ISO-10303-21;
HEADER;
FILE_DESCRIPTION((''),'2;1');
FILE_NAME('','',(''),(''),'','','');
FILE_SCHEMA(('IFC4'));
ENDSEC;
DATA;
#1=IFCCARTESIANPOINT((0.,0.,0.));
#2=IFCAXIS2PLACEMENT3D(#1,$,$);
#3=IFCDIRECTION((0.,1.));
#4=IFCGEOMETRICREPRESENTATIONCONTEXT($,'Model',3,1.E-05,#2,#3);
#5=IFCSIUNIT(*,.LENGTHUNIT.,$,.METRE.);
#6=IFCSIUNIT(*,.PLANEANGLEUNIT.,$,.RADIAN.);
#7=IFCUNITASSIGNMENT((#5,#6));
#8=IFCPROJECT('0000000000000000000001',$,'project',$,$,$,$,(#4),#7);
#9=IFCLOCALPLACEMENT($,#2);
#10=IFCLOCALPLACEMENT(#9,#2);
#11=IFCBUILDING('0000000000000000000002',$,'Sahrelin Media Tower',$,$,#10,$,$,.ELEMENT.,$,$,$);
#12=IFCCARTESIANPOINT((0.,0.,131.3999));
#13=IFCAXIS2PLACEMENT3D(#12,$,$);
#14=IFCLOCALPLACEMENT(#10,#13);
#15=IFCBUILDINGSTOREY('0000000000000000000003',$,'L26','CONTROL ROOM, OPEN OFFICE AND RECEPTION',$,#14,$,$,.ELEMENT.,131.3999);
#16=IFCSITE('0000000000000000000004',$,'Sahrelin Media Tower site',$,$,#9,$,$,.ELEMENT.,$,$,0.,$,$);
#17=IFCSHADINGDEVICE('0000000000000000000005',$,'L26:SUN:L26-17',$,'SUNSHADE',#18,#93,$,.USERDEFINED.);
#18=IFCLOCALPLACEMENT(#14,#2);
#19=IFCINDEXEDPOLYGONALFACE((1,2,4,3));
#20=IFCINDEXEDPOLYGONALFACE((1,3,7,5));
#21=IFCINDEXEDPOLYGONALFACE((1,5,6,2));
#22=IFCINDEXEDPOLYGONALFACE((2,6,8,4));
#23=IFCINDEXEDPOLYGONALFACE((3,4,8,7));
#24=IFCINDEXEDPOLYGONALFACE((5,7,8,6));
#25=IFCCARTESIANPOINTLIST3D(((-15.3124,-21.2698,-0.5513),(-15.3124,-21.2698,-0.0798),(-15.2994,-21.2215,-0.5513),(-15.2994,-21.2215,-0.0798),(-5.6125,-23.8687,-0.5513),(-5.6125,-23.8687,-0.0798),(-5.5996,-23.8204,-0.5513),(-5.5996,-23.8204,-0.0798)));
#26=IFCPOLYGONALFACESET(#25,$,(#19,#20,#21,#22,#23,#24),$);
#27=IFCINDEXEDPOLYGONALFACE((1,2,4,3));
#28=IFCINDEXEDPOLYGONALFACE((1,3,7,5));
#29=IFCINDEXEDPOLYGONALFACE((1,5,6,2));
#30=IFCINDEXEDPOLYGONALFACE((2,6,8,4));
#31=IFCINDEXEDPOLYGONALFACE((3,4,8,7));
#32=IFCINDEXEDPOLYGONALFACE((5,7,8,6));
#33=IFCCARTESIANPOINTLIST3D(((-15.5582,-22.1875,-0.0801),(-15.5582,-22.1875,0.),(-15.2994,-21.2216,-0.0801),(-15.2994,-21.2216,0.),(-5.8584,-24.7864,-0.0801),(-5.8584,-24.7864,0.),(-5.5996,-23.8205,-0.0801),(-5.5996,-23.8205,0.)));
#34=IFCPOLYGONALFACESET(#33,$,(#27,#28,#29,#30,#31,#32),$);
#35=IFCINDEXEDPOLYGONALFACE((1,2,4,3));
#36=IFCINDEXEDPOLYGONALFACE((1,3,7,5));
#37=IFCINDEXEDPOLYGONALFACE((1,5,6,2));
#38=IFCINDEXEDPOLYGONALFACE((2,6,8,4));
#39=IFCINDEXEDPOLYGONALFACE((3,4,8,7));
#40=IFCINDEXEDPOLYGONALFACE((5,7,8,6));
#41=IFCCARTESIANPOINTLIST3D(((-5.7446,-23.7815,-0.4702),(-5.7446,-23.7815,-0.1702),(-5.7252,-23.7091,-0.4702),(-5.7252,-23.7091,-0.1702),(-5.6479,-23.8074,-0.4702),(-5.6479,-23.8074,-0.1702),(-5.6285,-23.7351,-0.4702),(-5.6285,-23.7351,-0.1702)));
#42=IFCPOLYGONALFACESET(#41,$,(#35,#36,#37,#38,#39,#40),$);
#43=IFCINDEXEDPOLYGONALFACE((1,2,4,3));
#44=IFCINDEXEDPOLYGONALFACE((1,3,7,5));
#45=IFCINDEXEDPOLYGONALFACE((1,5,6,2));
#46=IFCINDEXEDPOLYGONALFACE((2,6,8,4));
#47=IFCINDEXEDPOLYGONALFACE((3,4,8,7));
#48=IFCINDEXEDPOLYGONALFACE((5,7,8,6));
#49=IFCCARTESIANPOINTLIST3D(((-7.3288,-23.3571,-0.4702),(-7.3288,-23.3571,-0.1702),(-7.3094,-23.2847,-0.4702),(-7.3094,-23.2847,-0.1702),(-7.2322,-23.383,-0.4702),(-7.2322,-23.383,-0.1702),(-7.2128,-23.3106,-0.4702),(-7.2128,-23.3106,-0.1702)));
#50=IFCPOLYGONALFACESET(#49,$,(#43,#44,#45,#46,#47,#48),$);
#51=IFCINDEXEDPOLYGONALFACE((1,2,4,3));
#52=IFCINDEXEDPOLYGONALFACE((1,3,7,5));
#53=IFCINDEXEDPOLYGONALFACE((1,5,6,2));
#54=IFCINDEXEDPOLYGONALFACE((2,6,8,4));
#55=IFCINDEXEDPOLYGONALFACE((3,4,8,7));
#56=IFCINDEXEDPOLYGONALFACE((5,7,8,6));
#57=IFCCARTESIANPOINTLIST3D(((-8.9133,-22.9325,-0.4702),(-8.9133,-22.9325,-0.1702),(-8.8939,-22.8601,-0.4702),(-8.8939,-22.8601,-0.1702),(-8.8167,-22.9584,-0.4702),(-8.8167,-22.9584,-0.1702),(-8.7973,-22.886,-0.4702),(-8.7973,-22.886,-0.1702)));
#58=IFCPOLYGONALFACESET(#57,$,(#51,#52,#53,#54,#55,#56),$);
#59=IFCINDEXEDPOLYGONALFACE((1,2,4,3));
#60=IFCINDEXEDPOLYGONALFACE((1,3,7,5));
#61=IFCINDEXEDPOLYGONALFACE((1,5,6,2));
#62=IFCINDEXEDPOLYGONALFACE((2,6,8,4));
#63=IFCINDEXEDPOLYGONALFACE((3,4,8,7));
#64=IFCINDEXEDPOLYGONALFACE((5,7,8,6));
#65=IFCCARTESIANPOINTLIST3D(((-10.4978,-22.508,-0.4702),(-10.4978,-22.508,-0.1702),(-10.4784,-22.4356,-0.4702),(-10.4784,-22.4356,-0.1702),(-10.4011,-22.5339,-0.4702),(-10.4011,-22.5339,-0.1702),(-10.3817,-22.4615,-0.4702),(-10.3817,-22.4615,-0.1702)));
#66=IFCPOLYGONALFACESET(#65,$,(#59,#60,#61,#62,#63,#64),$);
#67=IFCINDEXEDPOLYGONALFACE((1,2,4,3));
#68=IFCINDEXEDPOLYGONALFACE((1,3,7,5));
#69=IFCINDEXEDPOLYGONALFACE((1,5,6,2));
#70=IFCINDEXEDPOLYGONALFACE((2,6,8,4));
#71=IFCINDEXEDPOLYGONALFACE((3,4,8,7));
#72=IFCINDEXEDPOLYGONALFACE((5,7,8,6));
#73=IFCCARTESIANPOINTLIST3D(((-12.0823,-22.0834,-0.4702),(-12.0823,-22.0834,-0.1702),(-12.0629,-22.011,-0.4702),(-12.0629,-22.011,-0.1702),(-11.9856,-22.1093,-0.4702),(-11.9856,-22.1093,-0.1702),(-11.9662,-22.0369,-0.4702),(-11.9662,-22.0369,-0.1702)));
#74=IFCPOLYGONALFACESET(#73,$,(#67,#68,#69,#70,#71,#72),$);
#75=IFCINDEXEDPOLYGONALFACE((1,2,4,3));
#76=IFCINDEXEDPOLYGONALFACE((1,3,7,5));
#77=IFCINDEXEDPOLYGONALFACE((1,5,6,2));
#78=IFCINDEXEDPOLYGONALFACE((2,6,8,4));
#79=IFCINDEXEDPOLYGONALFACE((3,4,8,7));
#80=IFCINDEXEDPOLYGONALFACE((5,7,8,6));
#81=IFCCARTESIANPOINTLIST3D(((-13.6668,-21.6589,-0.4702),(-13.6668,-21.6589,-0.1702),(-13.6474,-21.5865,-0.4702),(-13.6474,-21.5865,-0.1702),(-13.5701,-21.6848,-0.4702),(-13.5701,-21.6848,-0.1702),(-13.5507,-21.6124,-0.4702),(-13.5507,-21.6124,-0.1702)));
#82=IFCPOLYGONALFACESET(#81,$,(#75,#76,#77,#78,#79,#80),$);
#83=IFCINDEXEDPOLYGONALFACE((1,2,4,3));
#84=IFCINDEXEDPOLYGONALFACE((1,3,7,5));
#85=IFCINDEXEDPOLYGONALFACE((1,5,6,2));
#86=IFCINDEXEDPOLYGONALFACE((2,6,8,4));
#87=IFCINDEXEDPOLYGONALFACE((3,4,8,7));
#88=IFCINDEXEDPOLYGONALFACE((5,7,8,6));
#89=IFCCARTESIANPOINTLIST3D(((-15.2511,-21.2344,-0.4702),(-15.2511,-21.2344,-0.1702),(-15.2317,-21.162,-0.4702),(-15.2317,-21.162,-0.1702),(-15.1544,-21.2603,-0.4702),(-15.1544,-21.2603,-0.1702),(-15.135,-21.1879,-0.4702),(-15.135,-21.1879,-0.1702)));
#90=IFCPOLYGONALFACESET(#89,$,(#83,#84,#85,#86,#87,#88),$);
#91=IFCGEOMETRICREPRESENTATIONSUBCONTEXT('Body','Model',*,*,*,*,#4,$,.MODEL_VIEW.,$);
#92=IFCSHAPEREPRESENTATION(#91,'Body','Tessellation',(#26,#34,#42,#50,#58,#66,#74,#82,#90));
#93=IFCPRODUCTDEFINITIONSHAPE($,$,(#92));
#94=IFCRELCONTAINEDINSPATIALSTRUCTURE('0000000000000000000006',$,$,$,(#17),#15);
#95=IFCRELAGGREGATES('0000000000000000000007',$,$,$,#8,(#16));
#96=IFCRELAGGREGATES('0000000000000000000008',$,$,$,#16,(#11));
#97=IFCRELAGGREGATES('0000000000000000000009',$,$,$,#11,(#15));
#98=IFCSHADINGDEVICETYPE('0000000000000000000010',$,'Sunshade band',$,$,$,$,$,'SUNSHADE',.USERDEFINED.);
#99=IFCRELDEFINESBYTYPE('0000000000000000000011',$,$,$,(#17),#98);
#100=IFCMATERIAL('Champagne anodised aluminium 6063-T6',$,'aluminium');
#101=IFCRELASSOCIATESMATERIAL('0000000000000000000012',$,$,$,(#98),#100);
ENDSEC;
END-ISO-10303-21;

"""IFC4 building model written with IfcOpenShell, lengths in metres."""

from ifc_helpers import new_model, si_unit, direction, frame, origin, origin_2d, place, context, subcontext, project, spatial, rectangle, extrude, material, type_object, element, save


model = new_model("IFC4")

# Units and contexts
model_context = context("Model", 3, precision=1e-05, world=origin(), true_north=direction((0.0, 1.0)))
body_context = subcontext(model_context, "Body", "Model", "MODEL_VIEW")
ifc_project = project(units=[si_unit("LENGTHUNIT", "METRE"), si_unit("PLANEANGLEUNIT", "RADIAN")], contexts=[model_context])

# Site, building, storey
site_placement = place(None, origin())
site = spatial("IfcSite", under=ifc_project, at=site_placement, Name="Sahrelin Media Tower site", CompositionType="ELEMENT", RefElevation=0.0)
building_placement = place(site_placement, origin())
building = spatial("IfcBuilding", under=site, at=building_placement, Name="Sahrelin Media Tower", CompositionType="ELEMENT")
storey_placement = place(building_placement, frame((0.0, 0.0, 131.3999)))
storey = spatial("IfcBuildingStorey", under=building, at=storey_placement, Name="L26", Description="CONTROL ROOM, OPEN OFFICE AND RECEPTION", CompositionType="ELEMENT", Elevation=131.3999)

# Shared definitions
ifc_material_1 = material(Name="Champagne anodised aluminium 6063-T6", Category="aluminium")

# Shading device
placement = place(storey_placement, frame((-10.4443, -22.5017, 0.0), z_axis=(0.0, 0.0, 1.0), x_axis=(-0.965929, 0.258808, 0.0)))
shading_device_type_1 = type_object("IfcShadingDeviceType", Name="Sunshade band", ElementType="SUNSHADE", PredefinedType="USERDEFINED", material=ifc_material_1)
element("IfcShadingDevice", 1, at=placement, inside=storey, type_object=shading_device_type_1, Name="L26:SUN:L26-17", ObjectType="SUNSHADE", PredefinedType="USERDEFINED", context=body_context, shape_type="SweptSolid", body=[
    extrude(rectangle(XDim=10.042, YDim=0.05, at=origin_2d()), frame((0.0, 0.0449, -0.5513)), (0.0, 0.0, 1.0), 0.4714),
    extrude(rectangle(XDim=10.042, YDim=1.0, at=origin_2d()), frame((0.0, 0.52, -0.0801)), (0.0, 0.0, 1.0), 0.0801),
    extrude(rectangle(XDim=0.1001, YDim=0.075, at=origin_2d()), frame((-4.9209, -0.0176, -0.4702)), (0.0, 0.0, 1.0), 0.3),
    extrude(rectangle(XDim=0.1001, YDim=0.075, at=origin_2d()), frame((-3.2808, -0.0176, -0.4702)), (0.0, 0.0, 1.0), 0.3),
    extrude(rectangle(XDim=0.1001, YDim=0.075, at=origin_2d()), frame((-1.6404, -0.0176, -0.4702)), (0.0, 0.0, 1.0), 0.3),
    extrude(rectangle(XDim=0.1001, YDim=0.075, at=origin_2d()), frame((0.0, -0.0176, -0.4702)), (0.0, 0.0, 1.0), 0.3),
    extrude(rectangle(XDim=0.1001, YDim=0.075, at=origin_2d()), frame((1.6404, -0.0176, -0.4702)), (0.0, 0.0, 1.0), 0.3),
    extrude(rectangle(XDim=0.1001, YDim=0.075, at=origin_2d()), frame((3.2808, -0.0176, -0.4702)), (0.0, 0.0, 1.0), 0.3),
    extrude(rectangle(XDim=0.1001, YDim=0.075, at=origin_2d()), frame((4.9209, -0.0176, -0.4702)), (0.0, 0.0, 1.0), 0.3),
])

save(model, "model.ifc")
